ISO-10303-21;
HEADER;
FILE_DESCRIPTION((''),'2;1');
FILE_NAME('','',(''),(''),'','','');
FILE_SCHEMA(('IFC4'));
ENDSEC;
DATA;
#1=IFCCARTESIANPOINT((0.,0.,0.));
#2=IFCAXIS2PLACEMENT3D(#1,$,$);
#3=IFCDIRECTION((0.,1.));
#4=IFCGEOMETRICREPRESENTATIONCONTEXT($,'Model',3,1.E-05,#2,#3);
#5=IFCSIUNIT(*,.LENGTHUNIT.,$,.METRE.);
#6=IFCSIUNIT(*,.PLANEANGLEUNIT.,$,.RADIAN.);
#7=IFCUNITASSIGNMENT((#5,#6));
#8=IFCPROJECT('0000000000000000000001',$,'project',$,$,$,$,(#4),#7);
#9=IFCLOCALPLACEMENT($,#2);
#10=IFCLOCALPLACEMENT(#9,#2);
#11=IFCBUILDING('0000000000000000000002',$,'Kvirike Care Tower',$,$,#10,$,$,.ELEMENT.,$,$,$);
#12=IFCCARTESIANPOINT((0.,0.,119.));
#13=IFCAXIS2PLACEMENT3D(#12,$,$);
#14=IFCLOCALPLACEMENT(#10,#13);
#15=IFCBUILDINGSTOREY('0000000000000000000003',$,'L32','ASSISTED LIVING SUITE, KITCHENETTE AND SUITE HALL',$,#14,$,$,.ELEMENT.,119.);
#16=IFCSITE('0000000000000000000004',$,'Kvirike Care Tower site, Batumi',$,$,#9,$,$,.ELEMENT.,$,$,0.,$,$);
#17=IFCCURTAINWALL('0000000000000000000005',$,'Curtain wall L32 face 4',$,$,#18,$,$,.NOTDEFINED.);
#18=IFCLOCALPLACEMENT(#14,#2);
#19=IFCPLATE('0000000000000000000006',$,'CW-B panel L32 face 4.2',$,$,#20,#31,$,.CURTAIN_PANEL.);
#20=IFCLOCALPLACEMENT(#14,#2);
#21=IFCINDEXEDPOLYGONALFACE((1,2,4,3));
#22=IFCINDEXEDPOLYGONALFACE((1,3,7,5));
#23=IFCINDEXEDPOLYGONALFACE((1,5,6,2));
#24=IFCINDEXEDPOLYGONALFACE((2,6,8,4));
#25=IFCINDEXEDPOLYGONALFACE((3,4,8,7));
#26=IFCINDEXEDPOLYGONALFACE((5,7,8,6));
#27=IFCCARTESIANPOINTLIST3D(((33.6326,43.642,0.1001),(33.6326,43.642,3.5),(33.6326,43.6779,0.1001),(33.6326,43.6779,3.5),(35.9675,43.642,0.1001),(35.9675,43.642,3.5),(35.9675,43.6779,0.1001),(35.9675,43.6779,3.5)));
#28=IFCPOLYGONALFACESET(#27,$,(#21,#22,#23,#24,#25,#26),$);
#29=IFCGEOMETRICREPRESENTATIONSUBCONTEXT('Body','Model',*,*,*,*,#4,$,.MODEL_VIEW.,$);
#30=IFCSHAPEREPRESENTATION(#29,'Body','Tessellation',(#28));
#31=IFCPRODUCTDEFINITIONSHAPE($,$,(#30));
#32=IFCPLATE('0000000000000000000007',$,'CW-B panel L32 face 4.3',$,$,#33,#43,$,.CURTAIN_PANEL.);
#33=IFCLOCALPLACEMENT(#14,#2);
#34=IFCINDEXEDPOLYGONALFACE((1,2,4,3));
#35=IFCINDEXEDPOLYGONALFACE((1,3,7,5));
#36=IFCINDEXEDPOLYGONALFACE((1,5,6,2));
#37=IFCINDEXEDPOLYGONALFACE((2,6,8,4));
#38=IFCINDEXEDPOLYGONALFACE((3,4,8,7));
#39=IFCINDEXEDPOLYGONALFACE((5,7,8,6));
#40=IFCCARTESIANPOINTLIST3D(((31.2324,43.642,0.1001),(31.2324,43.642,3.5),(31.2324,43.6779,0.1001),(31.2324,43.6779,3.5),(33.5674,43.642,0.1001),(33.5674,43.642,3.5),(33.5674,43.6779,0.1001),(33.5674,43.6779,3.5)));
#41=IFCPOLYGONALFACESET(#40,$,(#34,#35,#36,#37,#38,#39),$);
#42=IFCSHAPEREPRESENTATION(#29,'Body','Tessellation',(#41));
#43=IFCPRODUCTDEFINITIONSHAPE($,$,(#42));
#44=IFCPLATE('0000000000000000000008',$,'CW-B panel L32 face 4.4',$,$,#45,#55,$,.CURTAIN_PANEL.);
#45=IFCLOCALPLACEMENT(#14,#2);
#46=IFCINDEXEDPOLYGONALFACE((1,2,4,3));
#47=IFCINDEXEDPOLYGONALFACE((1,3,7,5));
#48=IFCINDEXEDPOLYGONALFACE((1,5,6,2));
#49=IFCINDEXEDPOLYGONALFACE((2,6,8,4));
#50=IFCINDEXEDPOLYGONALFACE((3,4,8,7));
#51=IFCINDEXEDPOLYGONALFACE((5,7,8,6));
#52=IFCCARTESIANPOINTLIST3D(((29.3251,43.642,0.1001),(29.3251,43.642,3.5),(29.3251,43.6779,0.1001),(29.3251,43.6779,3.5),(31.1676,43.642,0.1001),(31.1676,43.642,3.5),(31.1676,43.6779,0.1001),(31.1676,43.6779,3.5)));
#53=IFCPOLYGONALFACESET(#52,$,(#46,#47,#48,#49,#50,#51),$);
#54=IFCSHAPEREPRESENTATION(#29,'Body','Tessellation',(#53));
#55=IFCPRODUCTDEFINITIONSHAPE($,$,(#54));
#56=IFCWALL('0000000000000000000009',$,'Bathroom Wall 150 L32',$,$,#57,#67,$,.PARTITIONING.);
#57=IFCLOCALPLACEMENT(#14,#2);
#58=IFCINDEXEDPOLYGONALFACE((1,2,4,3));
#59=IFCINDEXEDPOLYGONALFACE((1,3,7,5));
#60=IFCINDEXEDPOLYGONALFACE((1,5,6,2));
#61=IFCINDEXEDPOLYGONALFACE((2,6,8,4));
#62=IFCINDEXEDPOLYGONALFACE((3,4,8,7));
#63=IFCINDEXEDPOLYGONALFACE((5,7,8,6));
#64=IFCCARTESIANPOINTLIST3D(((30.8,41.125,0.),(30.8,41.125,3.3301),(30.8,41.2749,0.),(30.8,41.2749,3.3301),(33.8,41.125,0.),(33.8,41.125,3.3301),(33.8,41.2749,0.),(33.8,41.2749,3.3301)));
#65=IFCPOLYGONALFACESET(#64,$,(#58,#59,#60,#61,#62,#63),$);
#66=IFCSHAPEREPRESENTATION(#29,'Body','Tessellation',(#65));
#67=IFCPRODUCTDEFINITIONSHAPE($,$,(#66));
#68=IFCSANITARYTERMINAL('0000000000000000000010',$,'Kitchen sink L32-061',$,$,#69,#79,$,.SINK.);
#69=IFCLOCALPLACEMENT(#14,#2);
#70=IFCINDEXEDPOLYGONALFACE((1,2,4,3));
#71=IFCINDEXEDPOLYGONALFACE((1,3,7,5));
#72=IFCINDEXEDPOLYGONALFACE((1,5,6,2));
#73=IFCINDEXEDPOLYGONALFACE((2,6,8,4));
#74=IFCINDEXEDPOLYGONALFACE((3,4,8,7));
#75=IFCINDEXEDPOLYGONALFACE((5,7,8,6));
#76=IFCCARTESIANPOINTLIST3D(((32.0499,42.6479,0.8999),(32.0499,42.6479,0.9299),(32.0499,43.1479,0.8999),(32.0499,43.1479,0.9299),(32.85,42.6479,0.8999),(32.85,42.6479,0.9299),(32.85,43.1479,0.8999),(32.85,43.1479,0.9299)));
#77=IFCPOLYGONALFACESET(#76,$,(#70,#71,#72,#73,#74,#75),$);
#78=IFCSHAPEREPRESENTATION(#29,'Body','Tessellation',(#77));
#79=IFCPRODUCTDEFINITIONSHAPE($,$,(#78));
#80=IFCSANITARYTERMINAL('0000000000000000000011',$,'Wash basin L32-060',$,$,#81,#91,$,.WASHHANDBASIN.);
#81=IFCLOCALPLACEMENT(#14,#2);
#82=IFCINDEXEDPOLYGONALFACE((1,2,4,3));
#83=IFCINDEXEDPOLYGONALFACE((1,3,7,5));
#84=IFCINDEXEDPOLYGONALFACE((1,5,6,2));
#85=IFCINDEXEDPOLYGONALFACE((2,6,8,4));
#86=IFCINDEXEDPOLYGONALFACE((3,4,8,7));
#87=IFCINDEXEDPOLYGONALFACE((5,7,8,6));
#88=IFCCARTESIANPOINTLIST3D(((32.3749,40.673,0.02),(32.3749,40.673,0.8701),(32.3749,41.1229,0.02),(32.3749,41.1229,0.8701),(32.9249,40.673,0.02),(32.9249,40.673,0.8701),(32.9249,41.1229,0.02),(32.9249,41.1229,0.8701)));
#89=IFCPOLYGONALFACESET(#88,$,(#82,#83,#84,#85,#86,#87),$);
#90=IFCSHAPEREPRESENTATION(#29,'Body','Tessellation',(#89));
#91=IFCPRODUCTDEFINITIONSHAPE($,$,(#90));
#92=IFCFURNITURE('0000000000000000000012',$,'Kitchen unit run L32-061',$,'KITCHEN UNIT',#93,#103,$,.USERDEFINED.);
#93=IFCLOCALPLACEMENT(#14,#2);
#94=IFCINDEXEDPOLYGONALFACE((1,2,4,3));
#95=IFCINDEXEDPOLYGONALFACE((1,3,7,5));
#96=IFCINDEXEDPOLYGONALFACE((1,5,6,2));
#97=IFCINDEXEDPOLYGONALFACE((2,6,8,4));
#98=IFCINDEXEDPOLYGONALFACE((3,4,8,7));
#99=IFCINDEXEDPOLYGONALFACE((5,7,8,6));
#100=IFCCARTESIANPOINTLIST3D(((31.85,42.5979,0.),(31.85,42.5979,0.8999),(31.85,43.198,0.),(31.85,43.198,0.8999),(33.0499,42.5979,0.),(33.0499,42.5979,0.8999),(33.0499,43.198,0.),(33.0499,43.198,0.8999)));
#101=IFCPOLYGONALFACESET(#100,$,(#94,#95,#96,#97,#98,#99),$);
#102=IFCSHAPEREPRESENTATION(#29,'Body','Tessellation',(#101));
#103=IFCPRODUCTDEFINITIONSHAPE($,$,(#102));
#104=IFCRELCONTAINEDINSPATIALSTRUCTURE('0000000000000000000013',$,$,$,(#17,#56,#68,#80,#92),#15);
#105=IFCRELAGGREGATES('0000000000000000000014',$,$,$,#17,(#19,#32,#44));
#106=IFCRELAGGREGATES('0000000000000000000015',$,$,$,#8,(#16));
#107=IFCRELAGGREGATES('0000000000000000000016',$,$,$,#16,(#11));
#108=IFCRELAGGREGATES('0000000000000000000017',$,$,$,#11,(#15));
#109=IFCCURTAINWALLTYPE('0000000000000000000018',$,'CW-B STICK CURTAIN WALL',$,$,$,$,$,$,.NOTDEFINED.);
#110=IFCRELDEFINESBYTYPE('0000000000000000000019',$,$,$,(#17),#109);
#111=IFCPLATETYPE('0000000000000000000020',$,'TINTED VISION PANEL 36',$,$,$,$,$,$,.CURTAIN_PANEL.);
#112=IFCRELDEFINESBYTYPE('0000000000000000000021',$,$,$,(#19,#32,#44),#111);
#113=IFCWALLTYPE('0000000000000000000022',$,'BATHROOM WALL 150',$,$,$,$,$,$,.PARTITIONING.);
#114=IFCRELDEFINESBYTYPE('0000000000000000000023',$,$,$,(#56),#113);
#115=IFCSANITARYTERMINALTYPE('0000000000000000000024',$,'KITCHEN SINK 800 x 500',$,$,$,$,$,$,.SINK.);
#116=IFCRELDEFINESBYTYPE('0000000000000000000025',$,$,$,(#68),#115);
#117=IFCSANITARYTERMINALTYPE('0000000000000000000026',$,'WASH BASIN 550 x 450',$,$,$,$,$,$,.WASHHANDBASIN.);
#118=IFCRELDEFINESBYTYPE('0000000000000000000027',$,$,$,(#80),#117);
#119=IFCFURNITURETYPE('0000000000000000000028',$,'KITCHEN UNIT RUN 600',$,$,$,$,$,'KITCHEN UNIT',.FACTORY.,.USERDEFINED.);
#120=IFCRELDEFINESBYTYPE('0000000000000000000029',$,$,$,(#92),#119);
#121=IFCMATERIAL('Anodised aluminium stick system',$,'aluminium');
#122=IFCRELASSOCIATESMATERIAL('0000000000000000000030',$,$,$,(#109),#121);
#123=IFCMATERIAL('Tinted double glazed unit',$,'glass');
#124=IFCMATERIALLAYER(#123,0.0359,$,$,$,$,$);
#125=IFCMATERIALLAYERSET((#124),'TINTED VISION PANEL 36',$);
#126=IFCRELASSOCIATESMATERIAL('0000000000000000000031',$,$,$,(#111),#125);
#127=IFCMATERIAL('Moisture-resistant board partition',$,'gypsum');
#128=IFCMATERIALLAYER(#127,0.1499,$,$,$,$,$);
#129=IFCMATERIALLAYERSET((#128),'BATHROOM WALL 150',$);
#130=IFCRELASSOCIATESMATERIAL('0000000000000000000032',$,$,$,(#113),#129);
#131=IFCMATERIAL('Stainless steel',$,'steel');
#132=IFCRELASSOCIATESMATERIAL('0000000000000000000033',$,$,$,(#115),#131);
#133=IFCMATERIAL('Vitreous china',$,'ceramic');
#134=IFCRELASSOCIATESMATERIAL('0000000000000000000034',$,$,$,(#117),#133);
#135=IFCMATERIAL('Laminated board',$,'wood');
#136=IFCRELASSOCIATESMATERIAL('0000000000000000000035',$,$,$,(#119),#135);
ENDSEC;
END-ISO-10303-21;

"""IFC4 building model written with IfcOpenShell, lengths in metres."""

from ifc_helpers import new_model, si_unit, direction, frame, frame_2d, origin, origin_2d, place, context, subcontext, project, spatial, rectangle, extrude, material, layer, layer_set, type_object, element, aggregate, save


model = new_model("IFC4")

# Units and contexts
model_context = context("Model", 3, precision=1e-05, world=origin(), true_north=direction((0.0, 1.0)))
body_context = subcontext(model_context, "Body", "Model", "MODEL_VIEW")
ifc_project = project(units=[si_unit("LENGTHUNIT", "METRE"), si_unit("PLANEANGLEUNIT", "RADIAN")], contexts=[model_context])

# Site, building, storey
site_placement = place(None, origin())
site = spatial("IfcSite", under=ifc_project, at=site_placement, Name="Kvirike Care Tower site, Batumi", CompositionType="ELEMENT", RefElevation=0.0)
building_placement = place(site_placement, origin())
building = spatial("IfcBuilding", under=site, at=building_placement, Name="Kvirike Care Tower", CompositionType="ELEMENT")
storey_placement = place(building_placement, frame((0.0, 0.0, 119.0)))
storey = spatial("IfcBuildingStorey", under=building, at=storey_placement, Name="L32", Description="ASSISTED LIVING SUITE, KITCHENETTE AND SUITE HALL", CompositionType="ELEMENT", Elevation=119.0)

# Curtain wall
ifc_material_1 = material(Name="Anodised aluminium stick system", Category="aluminium")
curtain_wall_type = type_object("IfcCurtainWallType", Name="CW-B STICK CURTAIN WALL", PredefinedType="NOTDEFINED", material=ifc_material_1)
curtain_wall_1_placement = place(storey_placement, origin())
curtain_wall_1 = element("IfcCurtainWall", 1, at=curtain_wall_1_placement, inside=storey, type_object=curtain_wall_type, Name="Curtain wall L32 face 4", PredefinedType="NOTDEFINED")

# Plates
ifc_material_2 = material(Name="Tinted double glazed unit", Category="glass")
ifc_layer_1 = layer(ifc_material_2, 0.0359)
ifc_layer_set_1 = layer_set([ifc_layer_1], Name="TINTED VISION PANEL 36")
plate_type = type_object("IfcPlateType", Name="TINTED VISION PANEL 36", PredefinedType="CURTAIN_PANEL", material=ifc_layer_set_1)
plate_1_placement = place(storey_placement, frame((34.8, 43.6599, 0.1001), z_axis=(0.0, 0.0, 1.0), x_axis=(-1.0, 0.0, 0.0)))
plate_1 = element("IfcPlate", 2, at=plate_1_placement, type_object=plate_type, Name="CW-B panel L32 face 4.2", PredefinedType="CURTAIN_PANEL", context=body_context, shape_type="SweptSolid", body=[
    extrude(rectangle(XDim=2.335, YDim=0.0359, at=origin_2d()), origin(), (0.0, 0.0, 1.0), 3.3999),
])
plate_2_placement = place(storey_placement, frame((32.3999, 43.6599, 0.1001), z_axis=(0.0, 0.0, 1.0), x_axis=(-1.0, 0.0, 0.0)))
plate_2 = element("IfcPlate", 3, at=plate_2_placement, type_object=plate_type, Name="CW-B panel L32 face 4.3", PredefinedType="CURTAIN_PANEL", context=body_context, shape_type="SweptSolid", body=[
    extrude(rectangle(XDim=2.335, YDim=0.0359, at=origin_2d()), origin(), (0.0, 0.0, 1.0), 3.3999),
])
plate_3_placement = place(storey_placement, frame((30.2463, 43.6599, 0.1001), z_axis=(0.0, 0.0, 1.0), x_axis=(-1.0, 0.0, 0.0)))
plate_3 = element("IfcPlate", 4, at=plate_3_placement, type_object=plate_type, Name="CW-B panel L32 face 4.4", PredefinedType="CURTAIN_PANEL", context=body_context, shape_type="SweptSolid", body=[
    extrude(rectangle(XDim=1.8425, YDim=0.0359, at=origin_2d()), origin(), (0.0, 0.0, 1.0), 3.3999),
])
aggregate(curtain_wall_1, [plate_1, plate_2, plate_3])

# Wall
ifc_material_3 = material(Name="Moisture-resistant board partition", Category="gypsum")
ifc_layer_2 = layer(ifc_material_3, 0.1499)
ifc_layer_set_2 = layer_set([ifc_layer_2], Name="BATHROOM WALL 150")
wall_type = type_object("IfcWallType", Name="BATHROOM WALL 150", PredefinedType="PARTITIONING", material=ifc_layer_set_2)
wall_placement = place(storey_placement, frame((33.8, 41.2, 0.0), z_axis=(0.0, 0.0, 1.0), x_axis=(-1.0, 0.0, 0.0)))
element("IfcWall", 5, at=wall_placement, inside=storey, type_object=wall_type, Name="Bathroom Wall 150 L32", PredefinedType="PARTITIONING", context=body_context, shape_type="SweptSolid", body=[
    extrude(rectangle(XDim=3.0, YDim=0.1499, at=frame_2d((1.5, 0.0))), origin(), (0.0, 0.0, 1.0), 3.3301),
])

# Sanitary terminals
ifc_material_4 = material(Name="Stainless steel", Category="steel")
sanitary_terminal_type_1 = type_object("IfcSanitaryTerminalType", Name="KITCHEN SINK 800 x 500", PredefinedType="SINK", material=ifc_material_4)
sanitary_terminal_1_placement = place(storey_placement, frame((32.45, 42.8979, 0.8999), z_axis=(0.0, 0.0, 1.0), x_axis=(1.0, 0.0, 0.0)))
element("IfcSanitaryTerminal", 6, at=sanitary_terminal_1_placement, inside=storey, type_object=sanitary_terminal_type_1, Name="Kitchen sink L32-061", PredefinedType="SINK", context=body_context, shape_type="SweptSolid", body=[
    extrude(rectangle(XDim=0.8, YDim=0.5, at=origin_2d()), origin(), (0.0, 0.0, 1.0), 0.03),
])
ifc_material_5 = material(Name="Vitreous china", Category="ceramic")
sanitary_terminal_type_2 = type_object("IfcSanitaryTerminalType", Name="WASH BASIN 550 x 450", PredefinedType="WASHHANDBASIN", material=ifc_material_5)
sanitary_terminal_2_placement = place(storey_placement, frame((32.6499, 40.8979, 0.02), z_axis=(0.0, 0.0, 1.0), x_axis=(1.0, 0.0, 0.0)))
element("IfcSanitaryTerminal", 7, at=sanitary_terminal_2_placement, inside=storey, type_object=sanitary_terminal_type_2, Name="Wash basin L32-060", PredefinedType="WASHHANDBASIN", context=body_context, shape_type="SweptSolid", body=[
    extrude(rectangle(XDim=0.55, YDim=0.45, at=origin_2d()), origin(), (0.0, 0.0, 1.0), 0.8501),
])

# Furniture
ifc_material_6 = material(Name="Laminated board", Category="wood")
furniture_type = type_object("IfcFurnitureType", Name="KITCHEN UNIT RUN 600", ElementType="KITCHEN UNIT", AssemblyPlace="FACTORY", PredefinedType="USERDEFINED", material=ifc_material_6)
furniture_placement = place(storey_placement, frame((32.45, 42.8979, 0.0), z_axis=(0.0, 0.0, 1.0), x_axis=(1.0, 0.0, 0.0)))
element("IfcFurniture", 8, at=furniture_placement, inside=storey, type_object=furniture_type, Name="Kitchen unit run L32-061", ObjectType="KITCHEN UNIT", PredefinedType="USERDEFINED", context=body_context, shape_type="SweptSolid", body=[
    extrude(rectangle(XDim=1.2, YDim=0.6001, at=origin_2d()), origin(), (0.0, 0.0, 1.0), 0.8999),
])

save(model, "model.ifc")
